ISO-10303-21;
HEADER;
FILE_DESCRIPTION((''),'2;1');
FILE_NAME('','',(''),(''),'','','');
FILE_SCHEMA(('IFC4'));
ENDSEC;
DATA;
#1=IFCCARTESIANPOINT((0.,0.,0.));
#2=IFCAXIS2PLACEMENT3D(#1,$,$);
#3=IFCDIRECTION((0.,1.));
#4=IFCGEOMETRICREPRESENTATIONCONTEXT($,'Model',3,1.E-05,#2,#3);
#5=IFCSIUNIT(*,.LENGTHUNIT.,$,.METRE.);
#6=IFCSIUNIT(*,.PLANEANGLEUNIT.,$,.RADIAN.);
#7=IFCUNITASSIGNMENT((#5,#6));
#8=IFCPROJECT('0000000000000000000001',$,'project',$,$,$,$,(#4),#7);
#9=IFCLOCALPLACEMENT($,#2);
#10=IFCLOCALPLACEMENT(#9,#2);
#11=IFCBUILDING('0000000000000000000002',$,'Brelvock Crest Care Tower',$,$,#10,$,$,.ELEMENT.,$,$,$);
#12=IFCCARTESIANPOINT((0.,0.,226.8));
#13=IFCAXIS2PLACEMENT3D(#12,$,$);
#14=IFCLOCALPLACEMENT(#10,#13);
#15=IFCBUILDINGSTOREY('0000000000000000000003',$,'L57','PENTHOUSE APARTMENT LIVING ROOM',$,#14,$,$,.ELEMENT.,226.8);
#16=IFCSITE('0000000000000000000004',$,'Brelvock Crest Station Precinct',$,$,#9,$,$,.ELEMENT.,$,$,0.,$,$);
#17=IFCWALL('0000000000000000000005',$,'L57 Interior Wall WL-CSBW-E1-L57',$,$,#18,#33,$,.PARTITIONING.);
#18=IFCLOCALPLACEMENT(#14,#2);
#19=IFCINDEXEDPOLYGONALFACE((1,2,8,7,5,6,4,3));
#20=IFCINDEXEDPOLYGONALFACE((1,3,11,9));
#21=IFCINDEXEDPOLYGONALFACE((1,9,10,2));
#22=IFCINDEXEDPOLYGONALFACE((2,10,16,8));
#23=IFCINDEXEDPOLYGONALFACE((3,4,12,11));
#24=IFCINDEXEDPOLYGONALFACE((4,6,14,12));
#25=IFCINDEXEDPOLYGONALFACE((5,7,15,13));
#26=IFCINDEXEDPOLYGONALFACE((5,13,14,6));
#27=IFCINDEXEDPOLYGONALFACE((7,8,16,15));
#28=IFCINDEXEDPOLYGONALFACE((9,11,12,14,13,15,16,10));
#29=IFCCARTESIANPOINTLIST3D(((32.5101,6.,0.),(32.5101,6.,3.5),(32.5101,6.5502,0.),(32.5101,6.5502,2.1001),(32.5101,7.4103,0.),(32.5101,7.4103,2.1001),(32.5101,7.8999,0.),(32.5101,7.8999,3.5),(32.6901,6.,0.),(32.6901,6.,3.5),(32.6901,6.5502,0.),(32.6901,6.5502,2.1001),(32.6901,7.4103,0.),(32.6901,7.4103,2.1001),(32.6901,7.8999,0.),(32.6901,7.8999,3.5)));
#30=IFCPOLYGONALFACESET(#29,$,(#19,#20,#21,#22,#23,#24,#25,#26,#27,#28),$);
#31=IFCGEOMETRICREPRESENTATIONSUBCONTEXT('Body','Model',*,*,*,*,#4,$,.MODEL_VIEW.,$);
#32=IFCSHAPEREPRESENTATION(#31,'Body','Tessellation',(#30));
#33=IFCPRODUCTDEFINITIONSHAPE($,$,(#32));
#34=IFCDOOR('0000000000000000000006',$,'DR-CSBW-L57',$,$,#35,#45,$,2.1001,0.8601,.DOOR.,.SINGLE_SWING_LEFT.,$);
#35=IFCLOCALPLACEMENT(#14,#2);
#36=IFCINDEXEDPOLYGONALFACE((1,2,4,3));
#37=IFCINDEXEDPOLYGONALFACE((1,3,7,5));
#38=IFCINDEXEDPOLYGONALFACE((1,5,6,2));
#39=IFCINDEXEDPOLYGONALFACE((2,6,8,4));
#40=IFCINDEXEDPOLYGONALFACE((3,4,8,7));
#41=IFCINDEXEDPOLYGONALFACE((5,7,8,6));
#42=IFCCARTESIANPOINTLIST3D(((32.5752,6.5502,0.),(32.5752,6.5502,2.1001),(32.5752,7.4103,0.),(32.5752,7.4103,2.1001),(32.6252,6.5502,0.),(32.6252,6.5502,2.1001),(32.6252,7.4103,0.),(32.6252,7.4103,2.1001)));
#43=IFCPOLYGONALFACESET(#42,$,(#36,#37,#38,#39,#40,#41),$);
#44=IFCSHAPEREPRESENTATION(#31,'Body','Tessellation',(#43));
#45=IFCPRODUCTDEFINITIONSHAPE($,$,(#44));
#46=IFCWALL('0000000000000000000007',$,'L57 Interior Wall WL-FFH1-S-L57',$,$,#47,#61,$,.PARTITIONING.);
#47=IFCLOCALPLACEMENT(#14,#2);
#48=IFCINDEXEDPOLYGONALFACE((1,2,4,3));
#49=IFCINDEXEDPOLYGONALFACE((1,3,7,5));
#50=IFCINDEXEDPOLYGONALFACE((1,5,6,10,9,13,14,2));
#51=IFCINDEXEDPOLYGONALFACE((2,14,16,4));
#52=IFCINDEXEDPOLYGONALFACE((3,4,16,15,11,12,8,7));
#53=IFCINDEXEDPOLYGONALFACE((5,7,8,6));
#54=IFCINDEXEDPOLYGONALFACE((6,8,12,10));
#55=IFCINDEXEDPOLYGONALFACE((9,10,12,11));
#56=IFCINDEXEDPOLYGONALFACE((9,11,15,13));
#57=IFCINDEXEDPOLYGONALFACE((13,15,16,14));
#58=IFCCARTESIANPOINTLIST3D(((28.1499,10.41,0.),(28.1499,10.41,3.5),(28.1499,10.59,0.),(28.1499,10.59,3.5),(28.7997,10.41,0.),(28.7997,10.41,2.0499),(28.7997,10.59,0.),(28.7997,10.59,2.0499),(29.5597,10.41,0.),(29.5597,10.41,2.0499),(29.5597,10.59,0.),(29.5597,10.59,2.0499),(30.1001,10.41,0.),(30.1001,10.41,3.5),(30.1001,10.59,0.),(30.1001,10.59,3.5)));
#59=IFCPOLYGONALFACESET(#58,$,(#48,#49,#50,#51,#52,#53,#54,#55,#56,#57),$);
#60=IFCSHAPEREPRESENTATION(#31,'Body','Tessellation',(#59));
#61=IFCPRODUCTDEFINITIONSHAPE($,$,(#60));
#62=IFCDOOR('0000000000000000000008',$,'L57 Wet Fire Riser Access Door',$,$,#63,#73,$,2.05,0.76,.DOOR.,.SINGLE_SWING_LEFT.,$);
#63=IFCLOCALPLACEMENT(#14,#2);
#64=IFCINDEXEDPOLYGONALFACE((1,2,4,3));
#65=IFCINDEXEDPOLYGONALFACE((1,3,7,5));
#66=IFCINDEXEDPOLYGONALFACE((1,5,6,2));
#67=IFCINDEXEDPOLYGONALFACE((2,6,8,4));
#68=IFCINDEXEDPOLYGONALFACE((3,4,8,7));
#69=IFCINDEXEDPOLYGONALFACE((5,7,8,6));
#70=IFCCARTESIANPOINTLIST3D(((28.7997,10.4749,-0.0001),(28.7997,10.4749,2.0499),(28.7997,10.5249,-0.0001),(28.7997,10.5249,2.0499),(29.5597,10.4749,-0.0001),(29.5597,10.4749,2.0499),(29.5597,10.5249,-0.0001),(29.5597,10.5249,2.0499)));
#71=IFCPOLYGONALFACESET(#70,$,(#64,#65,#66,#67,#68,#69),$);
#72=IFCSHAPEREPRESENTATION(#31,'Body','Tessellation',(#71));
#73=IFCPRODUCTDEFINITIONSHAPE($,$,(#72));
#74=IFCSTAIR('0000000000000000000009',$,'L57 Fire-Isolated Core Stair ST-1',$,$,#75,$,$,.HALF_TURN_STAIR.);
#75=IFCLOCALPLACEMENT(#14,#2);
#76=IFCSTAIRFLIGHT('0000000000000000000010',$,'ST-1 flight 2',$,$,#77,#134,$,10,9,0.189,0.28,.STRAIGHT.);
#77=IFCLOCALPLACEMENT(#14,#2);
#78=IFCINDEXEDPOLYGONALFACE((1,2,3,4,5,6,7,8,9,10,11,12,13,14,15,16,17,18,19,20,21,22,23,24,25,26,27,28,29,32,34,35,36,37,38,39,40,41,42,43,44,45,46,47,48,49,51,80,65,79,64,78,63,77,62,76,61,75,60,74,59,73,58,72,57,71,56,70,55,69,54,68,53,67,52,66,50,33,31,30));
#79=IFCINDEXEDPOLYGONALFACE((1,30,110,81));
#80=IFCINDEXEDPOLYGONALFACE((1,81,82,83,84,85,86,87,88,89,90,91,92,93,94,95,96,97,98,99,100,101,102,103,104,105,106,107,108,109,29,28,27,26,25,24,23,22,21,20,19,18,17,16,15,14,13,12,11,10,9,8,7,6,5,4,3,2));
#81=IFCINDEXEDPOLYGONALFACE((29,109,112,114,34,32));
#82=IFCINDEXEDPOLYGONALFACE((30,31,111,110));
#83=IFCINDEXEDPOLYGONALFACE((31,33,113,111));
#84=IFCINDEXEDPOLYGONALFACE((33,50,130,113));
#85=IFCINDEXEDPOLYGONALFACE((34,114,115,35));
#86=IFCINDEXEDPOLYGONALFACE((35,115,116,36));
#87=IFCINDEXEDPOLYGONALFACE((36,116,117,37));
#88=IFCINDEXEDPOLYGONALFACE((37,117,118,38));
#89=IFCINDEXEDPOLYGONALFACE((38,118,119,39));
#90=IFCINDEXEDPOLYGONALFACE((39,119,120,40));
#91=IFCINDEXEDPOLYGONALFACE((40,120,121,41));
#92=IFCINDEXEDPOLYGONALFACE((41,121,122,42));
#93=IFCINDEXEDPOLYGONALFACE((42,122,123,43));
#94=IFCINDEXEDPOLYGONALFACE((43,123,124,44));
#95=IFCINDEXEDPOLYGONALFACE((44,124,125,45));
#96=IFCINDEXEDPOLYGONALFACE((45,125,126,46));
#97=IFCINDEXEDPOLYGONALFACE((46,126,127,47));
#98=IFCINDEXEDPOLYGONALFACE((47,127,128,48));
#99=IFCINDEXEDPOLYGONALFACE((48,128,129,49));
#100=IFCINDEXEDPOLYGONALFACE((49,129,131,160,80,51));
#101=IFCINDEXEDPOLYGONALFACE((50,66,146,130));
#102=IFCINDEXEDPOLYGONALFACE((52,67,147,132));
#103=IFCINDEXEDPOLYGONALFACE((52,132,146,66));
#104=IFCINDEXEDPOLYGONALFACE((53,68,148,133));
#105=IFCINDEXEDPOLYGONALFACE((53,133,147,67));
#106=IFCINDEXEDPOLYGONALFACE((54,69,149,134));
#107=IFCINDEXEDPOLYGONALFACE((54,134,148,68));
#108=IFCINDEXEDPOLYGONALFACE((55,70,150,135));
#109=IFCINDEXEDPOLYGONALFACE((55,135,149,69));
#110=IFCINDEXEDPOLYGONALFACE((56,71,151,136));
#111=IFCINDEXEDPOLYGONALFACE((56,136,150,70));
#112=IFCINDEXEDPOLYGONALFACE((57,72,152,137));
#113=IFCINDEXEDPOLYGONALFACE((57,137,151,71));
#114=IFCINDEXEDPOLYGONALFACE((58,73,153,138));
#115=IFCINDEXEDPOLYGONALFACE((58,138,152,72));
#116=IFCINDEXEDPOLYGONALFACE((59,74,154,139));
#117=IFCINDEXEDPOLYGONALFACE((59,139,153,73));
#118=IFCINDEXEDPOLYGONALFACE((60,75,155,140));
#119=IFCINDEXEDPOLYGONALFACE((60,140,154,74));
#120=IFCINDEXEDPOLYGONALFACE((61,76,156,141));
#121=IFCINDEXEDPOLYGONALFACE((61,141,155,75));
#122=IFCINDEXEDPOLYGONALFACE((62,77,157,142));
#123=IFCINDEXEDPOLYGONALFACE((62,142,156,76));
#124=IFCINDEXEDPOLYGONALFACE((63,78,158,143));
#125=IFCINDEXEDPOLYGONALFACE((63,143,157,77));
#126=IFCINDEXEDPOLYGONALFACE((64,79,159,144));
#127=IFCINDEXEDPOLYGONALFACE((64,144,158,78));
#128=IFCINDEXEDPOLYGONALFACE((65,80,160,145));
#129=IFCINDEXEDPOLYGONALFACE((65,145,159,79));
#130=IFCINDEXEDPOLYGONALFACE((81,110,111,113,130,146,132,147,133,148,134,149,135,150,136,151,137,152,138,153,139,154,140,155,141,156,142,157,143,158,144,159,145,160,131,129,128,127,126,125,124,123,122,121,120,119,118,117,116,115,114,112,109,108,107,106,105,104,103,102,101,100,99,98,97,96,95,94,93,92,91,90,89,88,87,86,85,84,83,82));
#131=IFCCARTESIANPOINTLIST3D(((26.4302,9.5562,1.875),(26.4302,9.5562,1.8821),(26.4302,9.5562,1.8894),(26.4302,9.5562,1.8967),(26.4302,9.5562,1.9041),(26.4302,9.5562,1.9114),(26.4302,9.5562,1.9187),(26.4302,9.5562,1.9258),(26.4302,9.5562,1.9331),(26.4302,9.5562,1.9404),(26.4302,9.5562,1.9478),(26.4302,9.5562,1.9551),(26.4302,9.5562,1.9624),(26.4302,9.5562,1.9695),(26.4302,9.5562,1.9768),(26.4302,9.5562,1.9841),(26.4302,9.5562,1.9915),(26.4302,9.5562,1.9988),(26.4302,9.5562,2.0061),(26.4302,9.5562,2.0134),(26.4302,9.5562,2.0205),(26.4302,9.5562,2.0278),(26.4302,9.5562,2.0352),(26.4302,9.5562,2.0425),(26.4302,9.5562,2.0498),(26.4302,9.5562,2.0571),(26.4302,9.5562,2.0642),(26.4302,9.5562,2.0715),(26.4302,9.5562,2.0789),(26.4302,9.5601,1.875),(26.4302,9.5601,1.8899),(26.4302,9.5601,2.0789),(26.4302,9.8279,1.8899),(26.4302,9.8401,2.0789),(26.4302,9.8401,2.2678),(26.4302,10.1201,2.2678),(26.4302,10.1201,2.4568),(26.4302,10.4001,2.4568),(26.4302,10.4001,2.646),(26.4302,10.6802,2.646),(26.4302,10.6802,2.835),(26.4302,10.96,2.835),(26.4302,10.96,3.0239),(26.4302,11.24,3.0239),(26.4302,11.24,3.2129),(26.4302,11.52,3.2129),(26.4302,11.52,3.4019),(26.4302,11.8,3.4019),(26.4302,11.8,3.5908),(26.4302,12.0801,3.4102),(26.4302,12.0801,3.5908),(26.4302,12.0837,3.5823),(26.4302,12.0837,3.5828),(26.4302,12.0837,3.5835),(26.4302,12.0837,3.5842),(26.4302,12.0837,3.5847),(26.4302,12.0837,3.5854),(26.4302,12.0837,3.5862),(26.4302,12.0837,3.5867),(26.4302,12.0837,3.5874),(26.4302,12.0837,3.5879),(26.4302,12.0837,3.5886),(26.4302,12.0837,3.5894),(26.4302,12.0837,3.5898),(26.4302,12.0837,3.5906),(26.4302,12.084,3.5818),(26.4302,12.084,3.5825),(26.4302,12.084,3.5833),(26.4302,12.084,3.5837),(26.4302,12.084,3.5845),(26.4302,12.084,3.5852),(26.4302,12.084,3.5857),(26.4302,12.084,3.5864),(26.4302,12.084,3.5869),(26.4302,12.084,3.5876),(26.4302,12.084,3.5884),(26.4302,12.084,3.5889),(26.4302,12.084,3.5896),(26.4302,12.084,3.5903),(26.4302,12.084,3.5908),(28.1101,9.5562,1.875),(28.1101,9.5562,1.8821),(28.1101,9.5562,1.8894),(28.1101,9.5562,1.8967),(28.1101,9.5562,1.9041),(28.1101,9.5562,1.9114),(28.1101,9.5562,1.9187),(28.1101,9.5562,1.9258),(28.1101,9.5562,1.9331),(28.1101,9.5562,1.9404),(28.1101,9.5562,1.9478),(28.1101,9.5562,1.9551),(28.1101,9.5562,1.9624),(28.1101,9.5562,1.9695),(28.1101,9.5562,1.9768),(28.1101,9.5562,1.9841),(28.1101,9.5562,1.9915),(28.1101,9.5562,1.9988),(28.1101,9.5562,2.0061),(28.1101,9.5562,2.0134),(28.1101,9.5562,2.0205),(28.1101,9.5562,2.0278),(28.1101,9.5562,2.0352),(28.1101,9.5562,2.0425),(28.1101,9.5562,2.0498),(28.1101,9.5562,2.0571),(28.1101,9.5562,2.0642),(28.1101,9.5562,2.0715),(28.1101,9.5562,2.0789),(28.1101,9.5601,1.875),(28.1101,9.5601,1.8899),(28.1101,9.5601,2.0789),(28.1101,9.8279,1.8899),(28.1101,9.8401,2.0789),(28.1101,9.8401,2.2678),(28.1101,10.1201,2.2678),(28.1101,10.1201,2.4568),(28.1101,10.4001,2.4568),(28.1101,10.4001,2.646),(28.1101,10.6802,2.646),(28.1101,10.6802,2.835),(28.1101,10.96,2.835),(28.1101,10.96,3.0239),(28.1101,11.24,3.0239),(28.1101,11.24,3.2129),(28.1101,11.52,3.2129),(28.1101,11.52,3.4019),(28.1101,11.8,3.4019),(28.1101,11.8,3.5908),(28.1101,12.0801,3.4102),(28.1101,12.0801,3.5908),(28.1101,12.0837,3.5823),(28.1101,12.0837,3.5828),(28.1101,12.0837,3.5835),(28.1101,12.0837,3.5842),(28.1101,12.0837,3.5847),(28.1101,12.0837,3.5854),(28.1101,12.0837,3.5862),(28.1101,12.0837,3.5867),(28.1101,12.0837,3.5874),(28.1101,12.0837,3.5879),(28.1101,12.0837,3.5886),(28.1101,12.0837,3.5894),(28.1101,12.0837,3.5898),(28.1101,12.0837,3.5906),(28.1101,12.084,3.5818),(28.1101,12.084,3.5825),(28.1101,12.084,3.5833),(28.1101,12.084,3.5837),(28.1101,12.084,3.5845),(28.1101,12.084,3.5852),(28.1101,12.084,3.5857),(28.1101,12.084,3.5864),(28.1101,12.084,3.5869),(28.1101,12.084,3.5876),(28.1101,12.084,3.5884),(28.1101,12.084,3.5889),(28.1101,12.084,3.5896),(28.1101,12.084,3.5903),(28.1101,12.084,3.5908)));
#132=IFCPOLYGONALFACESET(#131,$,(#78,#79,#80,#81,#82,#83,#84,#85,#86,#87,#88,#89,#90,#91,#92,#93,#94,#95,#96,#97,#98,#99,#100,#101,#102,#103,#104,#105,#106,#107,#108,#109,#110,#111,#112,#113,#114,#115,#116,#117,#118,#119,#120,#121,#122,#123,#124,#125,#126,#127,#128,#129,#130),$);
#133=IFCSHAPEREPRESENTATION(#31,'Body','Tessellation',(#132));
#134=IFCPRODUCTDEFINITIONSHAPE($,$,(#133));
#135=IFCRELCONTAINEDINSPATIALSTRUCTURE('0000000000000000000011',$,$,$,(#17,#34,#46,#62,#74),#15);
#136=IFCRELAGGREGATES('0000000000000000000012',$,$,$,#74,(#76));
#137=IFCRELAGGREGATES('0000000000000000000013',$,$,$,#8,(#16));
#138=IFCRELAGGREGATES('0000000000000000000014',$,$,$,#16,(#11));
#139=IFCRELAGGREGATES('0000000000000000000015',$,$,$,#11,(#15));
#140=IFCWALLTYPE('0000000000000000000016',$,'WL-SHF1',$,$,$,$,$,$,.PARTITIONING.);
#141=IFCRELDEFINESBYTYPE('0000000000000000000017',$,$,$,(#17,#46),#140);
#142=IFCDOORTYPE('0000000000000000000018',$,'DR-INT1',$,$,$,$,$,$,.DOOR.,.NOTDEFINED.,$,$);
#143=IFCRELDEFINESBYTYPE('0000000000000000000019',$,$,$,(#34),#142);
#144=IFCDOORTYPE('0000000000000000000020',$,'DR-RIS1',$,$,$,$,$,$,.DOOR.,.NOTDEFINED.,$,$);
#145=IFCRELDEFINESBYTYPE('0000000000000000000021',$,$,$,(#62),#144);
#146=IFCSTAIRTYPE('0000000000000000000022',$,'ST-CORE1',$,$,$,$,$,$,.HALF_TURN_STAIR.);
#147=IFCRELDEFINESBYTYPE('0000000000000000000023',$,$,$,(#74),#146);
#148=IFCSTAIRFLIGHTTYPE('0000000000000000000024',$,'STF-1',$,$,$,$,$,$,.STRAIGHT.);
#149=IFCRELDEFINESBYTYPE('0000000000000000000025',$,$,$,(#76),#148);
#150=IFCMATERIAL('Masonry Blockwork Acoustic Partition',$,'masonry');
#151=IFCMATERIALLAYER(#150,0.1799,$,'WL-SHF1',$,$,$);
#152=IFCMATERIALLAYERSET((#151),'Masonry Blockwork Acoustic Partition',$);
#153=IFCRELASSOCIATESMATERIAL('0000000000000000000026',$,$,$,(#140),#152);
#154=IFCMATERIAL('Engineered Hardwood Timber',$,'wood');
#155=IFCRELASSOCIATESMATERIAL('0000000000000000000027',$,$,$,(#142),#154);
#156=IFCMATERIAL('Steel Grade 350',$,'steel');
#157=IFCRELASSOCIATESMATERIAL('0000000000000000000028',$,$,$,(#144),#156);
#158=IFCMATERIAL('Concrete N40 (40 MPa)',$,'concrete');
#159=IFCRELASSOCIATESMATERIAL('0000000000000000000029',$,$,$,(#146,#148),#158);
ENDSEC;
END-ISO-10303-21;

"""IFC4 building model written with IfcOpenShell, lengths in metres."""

from ifc_helpers import new_model, si_unit, direction, frame, frame_2d, origin, origin_2d, place, context, subcontext, project, spatial, polyline, rectangle, outline, extrude, source, transform, mapped, material, layer, layer_set, type_object, element, fill, aggregate, save


model = new_model("IFC4")

# Units and contexts
model_context = context("Model", 3, precision=1e-05, world=origin(), true_north=direction((0.0, 1.0)))
body_context = subcontext(model_context, "Body", "Model", "MODEL_VIEW")
ifc_project = project(units=[si_unit("LENGTHUNIT", "METRE"), si_unit("PLANEANGLEUNIT", "RADIAN")], contexts=[model_context])

# Site, building, storey
site_placement = place(None, origin())
site = spatial("IfcSite", under=ifc_project, at=site_placement, Name="Brelvock Crest Station Precinct", CompositionType="ELEMENT", RefElevation=0.0)
building_placement = place(site_placement, origin())
building = spatial("IfcBuilding", under=site, at=building_placement, Name="Brelvock Crest Care Tower", CompositionType="ELEMENT")
storey_placement = place(building_placement, frame((0.0, 0.0, 226.8)))
storey = spatial("IfcBuildingStorey", under=building, at=storey_placement, Name="L57", Description="PENTHOUSE APARTMENT LIVING ROOM", CompositionType="ELEMENT", Elevation=226.8)

# Shared definitions
ifc_material_1 = material(Name="Steel Grade 350", Category="steel")

# Shared definitions
ifc_material_2 = material(Name="Masonry Blockwork Acoustic Partition", Category="masonry")

# Shared definitions
ifc_layer_1 = layer(ifc_material_2, 0.1799, Name="WL-SHF1")
ifc_layer_set_1 = layer_set([ifc_layer_1], Name="Masonry Blockwork Acoustic Partition")
wall_type_1 = type_object("IfcWallType", Name="WL-SHF1", PredefinedType="PARTITIONING", material=ifc_layer_set_1)

# Walls, openings, doors
wall_1_placement = place(storey_placement, frame((32.6001, 6.0, 0.0), z_axis=(0.0, 0.0, 1.0), x_axis=(0.0, 1.0, 0.0)))
wall_1 = element("IfcWall", 1, at=wall_1_placement, inside=storey, type_object=wall_type_1, Name="L57 Interior Wall WL-CSBW-E1-L57", PredefinedType="PARTITIONING", context=body_context, shape_type="SweptSolid", body=[
    extrude(rectangle(XDim=1.8999, YDim=0.1799, at=frame_2d((0.95, 0.0))), origin(), (0.0, 0.0, 1.0), 3.5),
])
opening_1_placement = place(wall_1_placement, frame((0.55, 0.0, 0.0)))
opening_1 = element("IfcOpeningElement", 2, at=opening_1_placement, cuts=wall_1, PredefinedType="OPENING", context=body_context, shape_type="SweptSolid", body=[
    extrude(rectangle(XDim=0.8601, YDim=2.1001, at=origin_2d()), frame((0.4302, 0.1001, 1.05), z_axis=(0.0, -1.0, 0.0), x_axis=(1.0, 0.0, 0.0)), (0.0, 0.0, 1.0), 0.2),
])
ifc_material_3 = material(Name="Engineered Hardwood Timber", Category="wood")
door_type_1 = type_object("IfcDoorType", Name="DR-INT1", OperationType="NOTDEFINED", PredefinedType="DOOR", material=ifc_material_3)
shared_shape_1 = source(origin(), body_context, "Body", "SweptSolid", [
    extrude(rectangle(XDim=0.8601, YDim=2.1001, at=origin_2d()), frame((0.4302, 0.0249, 1.05), z_axis=(0.0, -1.0, 0.0), x_axis=(1.0, 0.0, 0.0)), (0.0, 0.0, 1.0), 0.05),
])
door_1_placement = place(opening_1_placement, origin())
door_1 = element("IfcDoor", 3, at=door_1_placement, inside=storey, type_object=door_type_1, Name="DR-CSBW-L57", OperationType="SINGLE_SWING_LEFT", OverallHeight=2.1001, OverallWidth=0.8601, PredefinedType="DOOR", context=body_context, shape_type="MappedRepresentation", body=[
    mapped(shared_shape_1, transform((0.0, 0.0, 0.0), x_axis=(1.0, 0.0, 0.0), y_axis=(0.0, 1.0, 0.0), z_axis=(0.0, 0.0, 1.0), scale=1.0)),
])
fill(opening_1, door_1)
wall_2_placement = place(storey_placement, frame((28.1499, 10.5, 0.0), z_axis=(0.0, 0.0, 1.0), x_axis=(1.0, 0.0, 0.0)))
wall_2 = element("IfcWall", 4, at=wall_2_placement, inside=storey, type_object=wall_type_1, Name="L57 Interior Wall WL-FFH1-S-L57", PredefinedType="PARTITIONING", context=body_context, shape_type="SweptSolid", body=[
    extrude(rectangle(XDim=1.9502, YDim=0.1799, at=frame_2d((0.9751, 0.0))), origin(), (0.0, 0.0, 1.0), 3.5),
])
opening_2_placement = place(wall_2_placement, frame((0.6499, 0.0, 0.0)))
opening_2 = element("IfcOpeningElement", 5, at=opening_2_placement, cuts=wall_2, PredefinedType="OPENING", context=body_context, shape_type="SweptSolid", body=[
    extrude(rectangle(XDim=0.76, YDim=2.05, at=origin_2d()), frame((0.3799, 0.1001, 1.0249), z_axis=(0.0, -1.0, 0.0), x_axis=(1.0, 0.0, 0.0)), (0.0, 0.0, 1.0), 0.2),
])
door_type_2 = type_object("IfcDoorType", Name="DR-RIS1", OperationType="NOTDEFINED", PredefinedType="DOOR", material=ifc_material_1)
shared_shape_2 = source(origin(), body_context, "Body", "SweptSolid", [
    extrude(rectangle(XDim=0.76, YDim=2.05, at=origin_2d()), frame((0.3799, 0.0249, 1.0249), z_axis=(0.0, -1.0, 0.0), x_axis=(1.0, 0.0, 0.0)), (0.0, 0.0, 1.0), 0.05),
])
door_2_placement = place(opening_2_placement, origin())
door_2 = element("IfcDoor", 6, at=door_2_placement, inside=storey, type_object=door_type_2, Name="L57 Wet Fire Riser Access Door", OperationType="SINGLE_SWING_LEFT", OverallHeight=2.05, OverallWidth=0.76, PredefinedType="DOOR", context=body_context, shape_type="MappedRepresentation", body=[
    mapped(shared_shape_2, transform((0.0, 0.0, 0.0), x_axis=(1.0, 0.0, 0.0), y_axis=(0.0, 1.0, 0.0), z_axis=(0.0, 0.0, 1.0), scale=1.0)),
])
fill(opening_2, door_2)

# Stair, stair flight
ifc_material_4 = material(Name="Concrete N40 (40 MPa)", Category="concrete")
stair_type = type_object("IfcStairType", Name="ST-CORE1", PredefinedType="HALF_TURN_STAIR", material=ifc_material_4)
stair_placement = place(storey_placement, origin())
stair = element("IfcStair", 7, at=stair_placement, inside=storey, type_object=stair_type, Name="L57 Fire-Isolated Core Stair ST-1", PredefinedType="HALF_TURN_STAIR")
stair_flight_type = type_object("IfcStairFlightType", Name="STF-1", PredefinedType="STRAIGHT", material=ifc_material_4)
stair_flight_placement = place(storey_placement, frame((27.27, 9.5601, 1.8899), z_axis=(0.0, 0.0, 1.0), x_axis=(0.0, 1.0, 0.0)))
stair_flight = element("IfcStairFlight", 8, at=stair_flight_placement, type_object=stair_flight_type, Name="ST-1 flight 2", NumberOfRisers=10, NumberOfTreads=9, PredefinedType="STRAIGHT", RiserHeight=0.189, TreadLength=0.28, context=body_context, shape_type="SweptSolid", body=[
    extrude(outline(polyline([(-0.0039, -0.0149), (-0.0039, -0.0078), (-0.0039, -0.0005), (-0.0039, 0.0068), (-0.0039, 0.0142), (-0.0039, 0.0215), (-0.0039, 0.0288), (-0.0039, 0.0359), (-0.0039, 0.0432), (-0.0039, 0.0505), (-0.0039, 0.0579), (-0.0039, 0.0652), (-0.0039, 0.0725), (-0.0039, 0.0796), (-0.0039, 0.0869), (-0.0039, 0.0942), (-0.0039, 0.1016), (-0.0039, 0.1089), (-0.0039, 0.1162), (-0.0039, 0.1235), (-0.0039, 0.1306), (-0.0039, 0.1379), (-0.0039, 0.1453), (-0.0039, 0.1526), (-0.0039, 0.1599), (-0.0039, 0.1672), (-0.0039, 0.1743), (-0.0039, 0.1816), (-0.0039, 0.189), (0.0, 0.189), (0.28, 0.189), (0.28, 0.3779), (0.5601, 0.3779), (0.5601, 0.5669), (0.8401, 0.5669), (0.8401, 0.7561), (1.1201, 0.7561), (1.1201, 0.9451), (1.3999, 0.9451), (1.3999, 1.134), (1.6799, 1.134), (1.6799, 1.323), (1.96, 1.323), (1.96, 1.512), (2.24, 1.512), (2.24, 1.7009), (2.52, 1.7009), (2.5239, 1.7009), (2.5237, 1.7007), (2.5239, 1.7004), (2.5237, 1.7), (2.5239, 1.6997), (2.5237, 1.6995), (2.5239, 1.699), (2.5237, 1.6987), (2.5239, 1.6985), (2.5237, 1.698), (2.5239, 1.6978), (2.5237, 1.6975), (2.5239, 1.697), (2.5237, 1.6968), (2.5239, 1.6965), (2.5237, 1.6963), (2.5239, 1.6958), (2.5237, 1.6956), (2.5239, 1.6953), (2.5237, 1.6948), (2.5239, 1.6946), (2.5237, 1.6943), (2.5239, 1.6938), (2.5237, 1.6936), (2.5239, 1.6934), (2.5237, 1.6929), (2.5239, 1.6926), (2.5237, 1.6924), (2.5239, 1.6919), (2.52, 1.5203), (0.2678, 0.0), (0.0, 0.0), (0.0, -0.0149), (-0.0039, -0.0149)])), frame((0.0, 0.8398, 0.0), z_axis=(0.0, -1.0, 0.0), x_axis=(1.0, 0.0, 0.0)), (0.0, 0.0, 1.0), 1.6799),
])
aggregate(stair, [stair_flight])

save(model, "model.ifc")
